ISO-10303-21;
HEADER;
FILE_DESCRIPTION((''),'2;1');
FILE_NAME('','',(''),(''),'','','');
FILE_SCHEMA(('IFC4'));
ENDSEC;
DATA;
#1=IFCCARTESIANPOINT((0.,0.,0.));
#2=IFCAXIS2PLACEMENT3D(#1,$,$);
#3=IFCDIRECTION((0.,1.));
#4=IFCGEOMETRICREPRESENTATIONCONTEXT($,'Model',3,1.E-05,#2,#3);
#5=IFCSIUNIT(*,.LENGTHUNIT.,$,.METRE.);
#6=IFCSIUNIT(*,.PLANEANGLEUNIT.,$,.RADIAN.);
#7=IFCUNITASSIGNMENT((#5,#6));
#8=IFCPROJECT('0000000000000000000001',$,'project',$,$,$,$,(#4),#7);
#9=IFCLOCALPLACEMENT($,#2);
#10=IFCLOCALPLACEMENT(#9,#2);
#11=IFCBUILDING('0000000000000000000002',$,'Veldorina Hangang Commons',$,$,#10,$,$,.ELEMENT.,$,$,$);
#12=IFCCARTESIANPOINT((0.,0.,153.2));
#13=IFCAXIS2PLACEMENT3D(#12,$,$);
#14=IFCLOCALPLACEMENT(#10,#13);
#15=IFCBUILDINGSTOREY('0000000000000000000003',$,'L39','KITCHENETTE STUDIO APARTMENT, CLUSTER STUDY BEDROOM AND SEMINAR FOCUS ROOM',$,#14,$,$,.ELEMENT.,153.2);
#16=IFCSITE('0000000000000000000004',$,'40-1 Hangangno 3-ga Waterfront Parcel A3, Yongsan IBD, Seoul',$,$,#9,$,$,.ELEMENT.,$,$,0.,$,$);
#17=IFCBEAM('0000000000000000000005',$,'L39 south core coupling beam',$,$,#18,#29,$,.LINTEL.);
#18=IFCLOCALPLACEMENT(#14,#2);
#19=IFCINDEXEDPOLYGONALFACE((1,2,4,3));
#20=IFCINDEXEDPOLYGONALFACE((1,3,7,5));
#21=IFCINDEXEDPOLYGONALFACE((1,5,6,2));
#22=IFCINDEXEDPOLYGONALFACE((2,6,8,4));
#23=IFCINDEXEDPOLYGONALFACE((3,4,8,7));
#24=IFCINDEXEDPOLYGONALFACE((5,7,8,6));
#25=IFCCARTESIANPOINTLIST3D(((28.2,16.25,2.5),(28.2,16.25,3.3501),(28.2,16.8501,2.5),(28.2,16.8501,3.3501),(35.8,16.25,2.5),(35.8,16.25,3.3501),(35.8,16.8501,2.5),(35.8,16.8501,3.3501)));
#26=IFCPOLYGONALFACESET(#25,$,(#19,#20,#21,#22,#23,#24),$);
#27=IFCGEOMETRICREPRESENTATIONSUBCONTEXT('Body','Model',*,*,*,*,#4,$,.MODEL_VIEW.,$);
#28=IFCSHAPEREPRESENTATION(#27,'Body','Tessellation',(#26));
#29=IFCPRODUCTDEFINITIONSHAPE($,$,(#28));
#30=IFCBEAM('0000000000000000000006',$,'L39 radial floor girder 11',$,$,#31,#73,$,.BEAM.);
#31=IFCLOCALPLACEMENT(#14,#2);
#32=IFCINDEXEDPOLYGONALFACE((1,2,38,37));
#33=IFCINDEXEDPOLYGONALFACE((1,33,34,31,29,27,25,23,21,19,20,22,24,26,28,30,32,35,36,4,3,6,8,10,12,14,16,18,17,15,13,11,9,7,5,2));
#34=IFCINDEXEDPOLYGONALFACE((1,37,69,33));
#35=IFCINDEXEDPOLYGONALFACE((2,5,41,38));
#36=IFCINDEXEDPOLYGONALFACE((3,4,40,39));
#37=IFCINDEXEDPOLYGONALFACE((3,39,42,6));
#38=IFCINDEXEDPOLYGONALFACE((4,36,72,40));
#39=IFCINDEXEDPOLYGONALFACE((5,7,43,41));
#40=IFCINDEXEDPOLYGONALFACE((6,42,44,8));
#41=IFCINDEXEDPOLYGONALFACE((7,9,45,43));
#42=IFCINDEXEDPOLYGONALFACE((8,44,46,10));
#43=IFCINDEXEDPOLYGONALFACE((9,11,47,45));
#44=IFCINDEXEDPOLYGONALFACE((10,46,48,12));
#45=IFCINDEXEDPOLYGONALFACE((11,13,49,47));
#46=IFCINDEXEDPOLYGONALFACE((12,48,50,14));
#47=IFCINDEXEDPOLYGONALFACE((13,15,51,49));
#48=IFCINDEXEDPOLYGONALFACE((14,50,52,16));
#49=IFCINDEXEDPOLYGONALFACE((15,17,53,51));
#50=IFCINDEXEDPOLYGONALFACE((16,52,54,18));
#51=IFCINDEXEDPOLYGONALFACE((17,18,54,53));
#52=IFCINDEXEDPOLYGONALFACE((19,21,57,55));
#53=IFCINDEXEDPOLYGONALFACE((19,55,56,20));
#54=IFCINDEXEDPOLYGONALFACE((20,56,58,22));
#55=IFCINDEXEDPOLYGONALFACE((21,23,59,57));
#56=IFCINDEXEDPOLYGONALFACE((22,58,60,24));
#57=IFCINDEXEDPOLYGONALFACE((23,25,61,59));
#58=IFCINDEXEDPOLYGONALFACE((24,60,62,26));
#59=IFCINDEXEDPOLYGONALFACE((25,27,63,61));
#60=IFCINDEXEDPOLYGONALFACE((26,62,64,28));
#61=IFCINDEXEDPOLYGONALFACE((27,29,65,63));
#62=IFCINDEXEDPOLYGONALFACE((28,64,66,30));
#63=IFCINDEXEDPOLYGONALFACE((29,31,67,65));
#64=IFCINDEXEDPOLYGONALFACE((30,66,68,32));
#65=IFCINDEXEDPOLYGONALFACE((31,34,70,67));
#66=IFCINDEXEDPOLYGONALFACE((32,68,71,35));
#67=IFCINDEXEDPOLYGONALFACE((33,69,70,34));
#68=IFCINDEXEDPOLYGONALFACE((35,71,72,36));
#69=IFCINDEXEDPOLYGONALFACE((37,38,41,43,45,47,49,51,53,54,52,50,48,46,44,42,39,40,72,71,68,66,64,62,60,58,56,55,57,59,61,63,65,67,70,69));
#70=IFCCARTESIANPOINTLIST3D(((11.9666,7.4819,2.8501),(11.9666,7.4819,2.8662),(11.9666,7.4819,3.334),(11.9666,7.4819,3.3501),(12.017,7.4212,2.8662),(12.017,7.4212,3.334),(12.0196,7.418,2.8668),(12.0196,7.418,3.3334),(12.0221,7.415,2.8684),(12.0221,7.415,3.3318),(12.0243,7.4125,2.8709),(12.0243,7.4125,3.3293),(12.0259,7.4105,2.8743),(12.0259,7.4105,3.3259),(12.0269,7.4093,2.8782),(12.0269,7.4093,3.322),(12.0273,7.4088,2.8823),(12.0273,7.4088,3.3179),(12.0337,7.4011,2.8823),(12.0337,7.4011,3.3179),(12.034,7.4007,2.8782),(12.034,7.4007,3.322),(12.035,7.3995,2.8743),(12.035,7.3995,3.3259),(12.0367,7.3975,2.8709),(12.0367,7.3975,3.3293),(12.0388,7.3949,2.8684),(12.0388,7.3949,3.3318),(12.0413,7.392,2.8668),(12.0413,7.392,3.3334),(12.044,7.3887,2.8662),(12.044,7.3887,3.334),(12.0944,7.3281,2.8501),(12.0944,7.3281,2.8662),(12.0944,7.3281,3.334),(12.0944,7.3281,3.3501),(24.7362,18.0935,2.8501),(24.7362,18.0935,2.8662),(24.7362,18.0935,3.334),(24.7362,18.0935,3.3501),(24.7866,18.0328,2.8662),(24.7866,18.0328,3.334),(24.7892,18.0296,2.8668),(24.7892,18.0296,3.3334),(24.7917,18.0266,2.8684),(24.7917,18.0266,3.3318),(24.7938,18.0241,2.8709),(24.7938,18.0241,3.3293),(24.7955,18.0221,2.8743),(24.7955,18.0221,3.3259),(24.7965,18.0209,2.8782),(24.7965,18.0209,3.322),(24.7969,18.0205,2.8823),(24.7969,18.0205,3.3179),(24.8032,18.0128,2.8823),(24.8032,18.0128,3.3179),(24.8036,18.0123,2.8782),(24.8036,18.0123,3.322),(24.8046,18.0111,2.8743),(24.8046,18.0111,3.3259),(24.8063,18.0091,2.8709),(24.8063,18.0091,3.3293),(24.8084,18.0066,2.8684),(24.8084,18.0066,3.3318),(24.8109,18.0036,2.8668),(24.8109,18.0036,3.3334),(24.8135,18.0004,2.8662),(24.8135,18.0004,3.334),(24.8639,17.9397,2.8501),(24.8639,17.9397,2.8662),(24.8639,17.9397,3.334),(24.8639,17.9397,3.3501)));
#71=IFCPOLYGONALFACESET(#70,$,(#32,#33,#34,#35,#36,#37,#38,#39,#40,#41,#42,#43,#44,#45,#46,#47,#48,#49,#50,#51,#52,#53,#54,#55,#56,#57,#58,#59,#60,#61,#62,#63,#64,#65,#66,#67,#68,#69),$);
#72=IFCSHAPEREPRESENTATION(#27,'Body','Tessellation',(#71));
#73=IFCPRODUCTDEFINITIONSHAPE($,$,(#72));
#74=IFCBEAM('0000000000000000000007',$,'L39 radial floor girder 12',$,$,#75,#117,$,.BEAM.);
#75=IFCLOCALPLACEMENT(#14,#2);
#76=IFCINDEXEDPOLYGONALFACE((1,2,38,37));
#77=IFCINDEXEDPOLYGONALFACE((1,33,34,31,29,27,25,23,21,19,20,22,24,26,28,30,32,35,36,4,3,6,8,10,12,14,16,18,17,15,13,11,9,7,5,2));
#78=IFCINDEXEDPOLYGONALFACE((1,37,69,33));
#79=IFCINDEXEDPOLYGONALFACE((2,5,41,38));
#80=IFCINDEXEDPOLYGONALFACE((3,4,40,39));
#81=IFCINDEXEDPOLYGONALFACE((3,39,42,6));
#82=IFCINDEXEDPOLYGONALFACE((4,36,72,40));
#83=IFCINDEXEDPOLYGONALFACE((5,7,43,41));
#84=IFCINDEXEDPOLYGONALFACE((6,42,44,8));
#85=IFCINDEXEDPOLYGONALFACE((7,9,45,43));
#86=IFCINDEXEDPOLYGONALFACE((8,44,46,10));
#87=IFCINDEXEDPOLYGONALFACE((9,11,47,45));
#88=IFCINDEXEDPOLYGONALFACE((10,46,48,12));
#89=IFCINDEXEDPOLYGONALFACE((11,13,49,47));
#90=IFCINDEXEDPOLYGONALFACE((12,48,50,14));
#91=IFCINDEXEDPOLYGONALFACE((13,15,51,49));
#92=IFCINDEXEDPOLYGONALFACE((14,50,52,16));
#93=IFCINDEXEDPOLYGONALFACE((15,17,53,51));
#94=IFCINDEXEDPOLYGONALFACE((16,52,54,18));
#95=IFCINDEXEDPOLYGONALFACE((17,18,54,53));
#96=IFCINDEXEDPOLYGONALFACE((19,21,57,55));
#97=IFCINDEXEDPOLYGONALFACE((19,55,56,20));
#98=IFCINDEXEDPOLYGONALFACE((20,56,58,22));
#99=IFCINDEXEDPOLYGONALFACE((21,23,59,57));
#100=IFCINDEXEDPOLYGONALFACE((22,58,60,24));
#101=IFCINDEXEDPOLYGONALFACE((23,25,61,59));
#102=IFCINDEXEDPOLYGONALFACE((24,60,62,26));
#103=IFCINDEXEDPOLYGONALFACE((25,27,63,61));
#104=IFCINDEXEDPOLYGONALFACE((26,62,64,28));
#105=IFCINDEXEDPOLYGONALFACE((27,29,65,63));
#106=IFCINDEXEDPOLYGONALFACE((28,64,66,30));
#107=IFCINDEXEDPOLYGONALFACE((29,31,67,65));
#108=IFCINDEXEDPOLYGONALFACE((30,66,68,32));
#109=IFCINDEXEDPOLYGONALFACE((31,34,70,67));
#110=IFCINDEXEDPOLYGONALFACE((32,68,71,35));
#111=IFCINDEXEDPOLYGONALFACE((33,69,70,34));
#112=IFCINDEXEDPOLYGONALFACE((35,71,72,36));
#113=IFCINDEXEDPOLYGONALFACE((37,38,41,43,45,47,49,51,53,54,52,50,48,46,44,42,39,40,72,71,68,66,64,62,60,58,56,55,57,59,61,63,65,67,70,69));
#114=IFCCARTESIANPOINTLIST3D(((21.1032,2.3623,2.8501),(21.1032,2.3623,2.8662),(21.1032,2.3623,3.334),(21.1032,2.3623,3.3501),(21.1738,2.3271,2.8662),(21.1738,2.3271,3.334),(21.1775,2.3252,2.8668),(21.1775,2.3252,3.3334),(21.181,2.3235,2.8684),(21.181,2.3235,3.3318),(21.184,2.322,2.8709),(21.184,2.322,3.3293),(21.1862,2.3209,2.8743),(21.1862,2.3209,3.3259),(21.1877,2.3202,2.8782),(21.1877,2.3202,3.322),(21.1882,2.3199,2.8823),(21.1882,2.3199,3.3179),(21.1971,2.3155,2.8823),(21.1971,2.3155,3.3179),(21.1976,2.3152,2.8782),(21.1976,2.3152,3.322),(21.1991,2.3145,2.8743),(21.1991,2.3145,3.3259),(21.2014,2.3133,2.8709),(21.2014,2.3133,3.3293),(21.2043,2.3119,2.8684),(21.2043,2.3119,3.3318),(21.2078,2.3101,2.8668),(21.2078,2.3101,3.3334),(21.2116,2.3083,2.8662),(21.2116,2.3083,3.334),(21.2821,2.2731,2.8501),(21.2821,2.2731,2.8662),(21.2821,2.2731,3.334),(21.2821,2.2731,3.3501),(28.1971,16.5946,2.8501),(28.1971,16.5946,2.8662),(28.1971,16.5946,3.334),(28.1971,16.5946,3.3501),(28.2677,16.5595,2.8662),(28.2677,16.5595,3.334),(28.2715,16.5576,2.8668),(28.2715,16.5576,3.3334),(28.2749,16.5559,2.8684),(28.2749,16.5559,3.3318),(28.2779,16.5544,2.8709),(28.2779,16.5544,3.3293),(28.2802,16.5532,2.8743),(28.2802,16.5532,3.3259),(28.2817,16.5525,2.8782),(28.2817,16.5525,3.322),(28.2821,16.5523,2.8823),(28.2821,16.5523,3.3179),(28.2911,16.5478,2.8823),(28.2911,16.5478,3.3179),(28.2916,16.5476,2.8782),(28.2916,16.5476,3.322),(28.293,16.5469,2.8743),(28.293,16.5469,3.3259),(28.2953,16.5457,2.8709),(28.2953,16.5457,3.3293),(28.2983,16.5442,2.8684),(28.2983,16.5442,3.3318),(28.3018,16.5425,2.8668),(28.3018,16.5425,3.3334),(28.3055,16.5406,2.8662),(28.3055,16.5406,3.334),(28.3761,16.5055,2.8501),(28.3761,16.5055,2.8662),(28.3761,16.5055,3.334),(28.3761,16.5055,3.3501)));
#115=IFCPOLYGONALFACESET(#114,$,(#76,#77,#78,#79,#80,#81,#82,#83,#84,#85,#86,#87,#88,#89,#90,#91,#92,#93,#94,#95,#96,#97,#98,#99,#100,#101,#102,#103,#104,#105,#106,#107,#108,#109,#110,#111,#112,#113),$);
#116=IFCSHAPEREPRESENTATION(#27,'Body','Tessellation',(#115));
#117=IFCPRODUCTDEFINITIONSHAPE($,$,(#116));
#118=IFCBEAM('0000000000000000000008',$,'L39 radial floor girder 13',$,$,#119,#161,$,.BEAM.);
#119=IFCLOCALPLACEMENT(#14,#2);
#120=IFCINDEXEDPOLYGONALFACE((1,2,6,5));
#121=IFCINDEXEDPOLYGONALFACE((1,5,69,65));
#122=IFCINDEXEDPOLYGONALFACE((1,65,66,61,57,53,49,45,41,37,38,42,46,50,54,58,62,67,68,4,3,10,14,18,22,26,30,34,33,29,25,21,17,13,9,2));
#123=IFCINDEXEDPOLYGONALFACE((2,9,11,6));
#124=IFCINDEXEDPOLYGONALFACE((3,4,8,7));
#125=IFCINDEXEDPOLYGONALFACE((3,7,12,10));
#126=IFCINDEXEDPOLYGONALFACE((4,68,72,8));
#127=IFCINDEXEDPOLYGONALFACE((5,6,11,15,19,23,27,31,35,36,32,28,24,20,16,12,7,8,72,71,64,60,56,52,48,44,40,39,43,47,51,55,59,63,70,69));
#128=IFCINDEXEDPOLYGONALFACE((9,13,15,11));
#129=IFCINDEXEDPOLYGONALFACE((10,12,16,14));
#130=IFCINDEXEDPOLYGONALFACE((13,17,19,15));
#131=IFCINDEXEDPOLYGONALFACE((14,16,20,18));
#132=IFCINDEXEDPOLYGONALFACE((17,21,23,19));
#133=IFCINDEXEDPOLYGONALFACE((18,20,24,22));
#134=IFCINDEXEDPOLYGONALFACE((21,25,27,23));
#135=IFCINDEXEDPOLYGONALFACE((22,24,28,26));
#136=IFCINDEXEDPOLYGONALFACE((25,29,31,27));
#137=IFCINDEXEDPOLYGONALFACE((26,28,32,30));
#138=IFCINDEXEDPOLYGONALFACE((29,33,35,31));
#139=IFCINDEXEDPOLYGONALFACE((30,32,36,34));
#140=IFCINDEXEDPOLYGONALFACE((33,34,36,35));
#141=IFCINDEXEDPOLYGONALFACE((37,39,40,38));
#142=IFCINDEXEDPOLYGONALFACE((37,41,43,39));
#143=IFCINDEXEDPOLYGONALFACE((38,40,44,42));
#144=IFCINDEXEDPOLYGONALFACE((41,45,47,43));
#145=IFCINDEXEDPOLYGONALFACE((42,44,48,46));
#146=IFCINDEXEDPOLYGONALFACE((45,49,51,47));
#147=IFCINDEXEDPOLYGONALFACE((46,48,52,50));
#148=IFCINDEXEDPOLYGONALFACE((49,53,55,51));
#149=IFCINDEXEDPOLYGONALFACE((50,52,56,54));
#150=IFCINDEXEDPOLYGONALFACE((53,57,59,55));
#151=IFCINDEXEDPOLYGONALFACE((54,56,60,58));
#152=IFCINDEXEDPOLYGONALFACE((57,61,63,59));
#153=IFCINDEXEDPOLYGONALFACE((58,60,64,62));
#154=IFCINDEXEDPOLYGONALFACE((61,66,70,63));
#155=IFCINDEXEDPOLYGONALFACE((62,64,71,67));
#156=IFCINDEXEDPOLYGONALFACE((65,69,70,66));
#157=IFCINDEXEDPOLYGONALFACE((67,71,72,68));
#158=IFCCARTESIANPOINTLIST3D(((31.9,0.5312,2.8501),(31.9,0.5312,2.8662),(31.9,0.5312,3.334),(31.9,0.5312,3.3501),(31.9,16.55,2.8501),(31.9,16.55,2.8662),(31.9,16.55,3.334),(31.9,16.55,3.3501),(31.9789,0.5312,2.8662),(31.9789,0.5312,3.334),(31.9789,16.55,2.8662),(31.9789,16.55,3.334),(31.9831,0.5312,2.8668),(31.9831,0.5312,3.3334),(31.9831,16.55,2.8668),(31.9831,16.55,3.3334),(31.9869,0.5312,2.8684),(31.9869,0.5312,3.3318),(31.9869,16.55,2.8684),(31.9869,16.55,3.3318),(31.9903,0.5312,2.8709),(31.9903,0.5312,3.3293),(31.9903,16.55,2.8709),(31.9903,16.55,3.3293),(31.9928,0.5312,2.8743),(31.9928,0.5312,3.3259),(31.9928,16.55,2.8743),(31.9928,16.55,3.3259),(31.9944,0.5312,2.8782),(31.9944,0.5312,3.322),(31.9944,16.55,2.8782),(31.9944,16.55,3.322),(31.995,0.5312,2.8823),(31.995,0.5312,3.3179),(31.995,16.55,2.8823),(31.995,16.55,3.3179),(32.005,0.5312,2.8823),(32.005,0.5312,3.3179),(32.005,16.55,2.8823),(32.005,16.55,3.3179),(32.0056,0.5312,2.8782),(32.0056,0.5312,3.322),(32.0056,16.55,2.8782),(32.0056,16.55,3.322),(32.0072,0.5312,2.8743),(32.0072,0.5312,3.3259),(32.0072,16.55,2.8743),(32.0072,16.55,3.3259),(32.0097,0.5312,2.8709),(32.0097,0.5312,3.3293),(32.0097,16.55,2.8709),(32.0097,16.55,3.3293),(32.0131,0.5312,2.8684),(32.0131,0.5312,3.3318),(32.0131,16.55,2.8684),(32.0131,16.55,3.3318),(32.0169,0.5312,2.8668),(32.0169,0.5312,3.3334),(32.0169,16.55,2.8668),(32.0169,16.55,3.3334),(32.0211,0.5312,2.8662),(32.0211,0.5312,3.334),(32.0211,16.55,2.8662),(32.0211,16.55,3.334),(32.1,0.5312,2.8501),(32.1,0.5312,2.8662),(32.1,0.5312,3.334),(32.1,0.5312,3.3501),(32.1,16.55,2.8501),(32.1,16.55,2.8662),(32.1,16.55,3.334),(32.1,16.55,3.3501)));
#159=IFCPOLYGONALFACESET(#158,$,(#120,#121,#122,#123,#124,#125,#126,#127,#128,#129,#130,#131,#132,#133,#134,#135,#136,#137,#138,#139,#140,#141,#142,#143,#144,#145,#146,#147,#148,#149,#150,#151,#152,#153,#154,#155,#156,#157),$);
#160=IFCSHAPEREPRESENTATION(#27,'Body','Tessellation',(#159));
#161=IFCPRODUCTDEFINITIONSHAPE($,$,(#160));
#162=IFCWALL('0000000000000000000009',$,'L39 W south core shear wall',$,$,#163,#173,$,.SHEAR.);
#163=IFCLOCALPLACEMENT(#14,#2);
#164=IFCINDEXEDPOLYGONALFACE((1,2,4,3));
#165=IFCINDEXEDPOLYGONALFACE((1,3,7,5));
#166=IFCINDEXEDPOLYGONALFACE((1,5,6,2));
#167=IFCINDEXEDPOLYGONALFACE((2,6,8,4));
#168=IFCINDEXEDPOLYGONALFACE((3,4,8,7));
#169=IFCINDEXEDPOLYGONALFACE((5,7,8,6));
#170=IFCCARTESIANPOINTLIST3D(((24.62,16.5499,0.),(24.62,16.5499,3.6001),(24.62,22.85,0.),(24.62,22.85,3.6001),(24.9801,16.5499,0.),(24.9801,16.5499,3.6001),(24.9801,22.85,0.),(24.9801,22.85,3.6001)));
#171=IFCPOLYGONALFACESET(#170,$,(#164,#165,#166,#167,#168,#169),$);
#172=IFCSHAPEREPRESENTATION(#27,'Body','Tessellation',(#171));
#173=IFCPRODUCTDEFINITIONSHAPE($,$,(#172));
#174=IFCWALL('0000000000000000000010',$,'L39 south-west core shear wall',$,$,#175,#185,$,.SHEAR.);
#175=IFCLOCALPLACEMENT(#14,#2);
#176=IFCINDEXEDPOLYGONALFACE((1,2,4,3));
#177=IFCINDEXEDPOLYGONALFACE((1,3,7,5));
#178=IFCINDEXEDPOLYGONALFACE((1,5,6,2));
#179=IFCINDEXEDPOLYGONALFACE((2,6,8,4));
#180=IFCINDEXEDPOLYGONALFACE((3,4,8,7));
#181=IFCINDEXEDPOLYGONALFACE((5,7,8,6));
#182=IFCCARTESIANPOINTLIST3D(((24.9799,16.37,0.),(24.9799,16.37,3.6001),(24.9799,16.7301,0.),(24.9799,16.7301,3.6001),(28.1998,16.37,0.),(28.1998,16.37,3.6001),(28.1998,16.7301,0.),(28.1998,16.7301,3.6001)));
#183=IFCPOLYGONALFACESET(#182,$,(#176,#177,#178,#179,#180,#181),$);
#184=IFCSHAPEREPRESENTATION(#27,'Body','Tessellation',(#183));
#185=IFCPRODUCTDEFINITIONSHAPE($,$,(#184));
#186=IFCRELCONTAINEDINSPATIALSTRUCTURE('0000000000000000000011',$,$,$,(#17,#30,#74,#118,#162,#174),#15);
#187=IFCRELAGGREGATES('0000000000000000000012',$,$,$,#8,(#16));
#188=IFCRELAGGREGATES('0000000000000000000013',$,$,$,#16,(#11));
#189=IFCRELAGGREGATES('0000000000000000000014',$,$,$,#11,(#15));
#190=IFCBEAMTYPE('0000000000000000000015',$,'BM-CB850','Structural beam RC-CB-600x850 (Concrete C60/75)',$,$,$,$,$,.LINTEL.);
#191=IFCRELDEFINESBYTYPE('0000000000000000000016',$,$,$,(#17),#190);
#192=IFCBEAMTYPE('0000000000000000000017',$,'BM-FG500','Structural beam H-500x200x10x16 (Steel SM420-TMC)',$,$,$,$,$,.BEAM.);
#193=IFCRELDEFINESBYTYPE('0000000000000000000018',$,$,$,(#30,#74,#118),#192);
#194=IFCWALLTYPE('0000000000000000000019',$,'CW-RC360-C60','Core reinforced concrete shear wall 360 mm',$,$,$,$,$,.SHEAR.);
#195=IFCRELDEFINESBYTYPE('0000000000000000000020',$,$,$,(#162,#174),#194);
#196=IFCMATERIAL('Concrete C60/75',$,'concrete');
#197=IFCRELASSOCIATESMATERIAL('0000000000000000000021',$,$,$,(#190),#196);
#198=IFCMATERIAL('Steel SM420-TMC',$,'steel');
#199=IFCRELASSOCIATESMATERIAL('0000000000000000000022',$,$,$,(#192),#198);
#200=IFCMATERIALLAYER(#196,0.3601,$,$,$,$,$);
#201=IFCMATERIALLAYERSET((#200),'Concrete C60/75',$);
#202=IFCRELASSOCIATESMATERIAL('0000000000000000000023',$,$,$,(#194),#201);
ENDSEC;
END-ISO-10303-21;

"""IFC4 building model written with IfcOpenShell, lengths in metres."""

from ifc_helpers import new_model, si_unit, direction, frame, frame_2d, origin, origin_2d, place, context, subcontext, project, spatial, rectangle, i_section, extrude, material, layer, layer_set, material_profile, profile_set, type_object, element, save


model = new_model("IFC4")

# Units and contexts
model_context = context("Model", 3, precision=1e-05, world=origin(), true_north=direction((0.0, 1.0)))
body_context = subcontext(model_context, "Body", "Model", "MODEL_VIEW")
ifc_project = project(units=[si_unit("LENGTHUNIT", "METRE"), si_unit("PLANEANGLEUNIT", "RADIAN")], contexts=[model_context])

# Site, building, storey
site_placement = place(None, origin())
site = spatial("IfcSite", under=ifc_project, at=site_placement, Name="40-1 Hangangno 3-ga Waterfront Parcel A3, Yongsan IBD, Seoul", CompositionType="ELEMENT", RefElevation=0.0)
building_placement = place(site_placement, origin())
building = spatial("IfcBuilding", under=site, at=building_placement, Name="Veldorina Hangang Commons", CompositionType="ELEMENT")
storey_placement = place(building_placement, frame((0.0, 0.0, 153.2)))
storey = spatial("IfcBuildingStorey", under=building, at=storey_placement, Name="L39", Description="KITCHENETTE STUDIO APARTMENT, CLUSTER STUDY BEDROOM AND SEMINAR FOCUS ROOM", CompositionType="ELEMENT", Elevation=153.2)

# Beams
ifc_material_1 = material(Name="Concrete C60/75", Category="concrete")
ifc_material_profile_1 = material_profile(ifc_material_1, rectangle(XDim=0.6001, YDim=0.8501, at=origin_2d()), Name="RC-CB-600x850")
ifc_profile_set_1 = profile_set([ifc_material_profile_1], Name="Concrete C60/75")
beam_type_1 = type_object("IfcBeamType", Name="BM-CB850", Description="Structural beam RC-CB-600x850 (Concrete C60/75)", PredefinedType="LINTEL", material=ifc_profile_set_1)
beam_1_placement = place(storey_placement, frame((28.2, 16.55, 2.925), z_axis=(1.0, 0.0, 0.0), x_axis=(0.0, 1.0, 0.0)))
element("IfcBeam", 1, at=beam_1_placement, inside=storey, type_object=beam_type_1, Name="L39 south core coupling beam", PredefinedType="LINTEL", context=body_context, shape_type="SweptSolid", body=[
    extrude(rectangle(XDim=0.6001, YDim=0.8501, at=origin_2d()), origin(), (0.0, 0.0, 1.0), 7.6001),
])
ifc_material_2 = material(Name="Steel SM420-TMC", Category="steel")
ifc_material_profile_2 = material_profile(ifc_material_2, i_section(OverallWidth=0.2, OverallDepth=0.5, WebThickness=0.01, FlangeThickness=0.0161, FilletRadius=0.0161, at=origin_2d()), Name="H-500x200x10x16")
ifc_profile_set_2 = profile_set([ifc_material_profile_2], Name="Steel SM420-TMC")
beam_type_2 = type_object("IfcBeamType", Name="BM-FG500", Description="Structural beam H-500x200x10x16 (Steel SM420-TMC)", PredefinedType="BEAM", material=ifc_profile_set_2)
beam_2_placement = place(storey_placement, frame((24.8, 18.0166, 3.1001), z_axis=(-0.7691, -0.639128, 0.0), x_axis=(0.639128, -0.7691, 0.0)))
element("IfcBeam", 2, at=beam_2_placement, inside=storey, type_object=beam_type_2, Name="L39 radial floor girder 11", PredefinedType="BEAM", context=body_context, shape_type="SweptSolid", body=[
    extrude(i_section(OverallWidth=0.2, OverallDepth=0.5, WebThickness=0.01, FlangeThickness=0.0161, FilletRadius=0.0161, at=origin_2d()), origin(), (0.0, 0.0, 1.0), 16.6033),
])
beam_3_placement = place(storey_placement, frame((28.2866, 16.55, 3.1001), z_axis=(-0.446096, -0.894985, 0.0), x_axis=(0.894985, -0.446096, 0.0)))
element("IfcBeam", 3, at=beam_3_placement, inside=storey, type_object=beam_type_2, Name="L39 radial floor girder 12", PredefinedType="BEAM", context=body_context, shape_type="SweptSolid", body=[
    extrude(i_section(OverallWidth=0.2, OverallDepth=0.5, WebThickness=0.01, FlangeThickness=0.0161, FilletRadius=0.0161, at=origin_2d()), origin(), (0.0, 0.0, 1.0), 15.9023),
])
beam_4_placement = place(storey_placement, frame((32.0, 16.55, 3.1001), z_axis=(0.0, -1.0, 0.0), x_axis=(1.0, 0.0, 0.0)))
element("IfcBeam", 4, at=beam_4_placement, inside=storey, type_object=beam_type_2, Name="L39 radial floor girder 13", PredefinedType="BEAM", context=body_context, shape_type="SweptSolid", body=[
    extrude(i_section(OverallWidth=0.2, OverallDepth=0.5, WebThickness=0.01, FlangeThickness=0.0161, FilletRadius=0.0161, at=origin_2d()), origin(), (0.0, 0.0, 1.0), 16.0188),
])

# Walls
ifc_layer_1 = layer(ifc_material_1, 0.3601)
ifc_layer_set_1 = layer_set([ifc_layer_1], Name="Concrete C60/75")
wall_type_1 = type_object("IfcWallType", Name="CW-RC360-C60", Description="Core reinforced concrete shear wall 360 mm", PredefinedType="SHEAR", material=ifc_layer_set_1)
wall_1_placement = place(storey_placement, frame((24.8, 16.55, 0.0), z_axis=(0.0, 0.0, 1.0), x_axis=(0.0, 1.0, 0.0)))
element("IfcWall", 5, at=wall_1_placement, inside=storey, type_object=wall_type_1, Name="L39 W south core shear wall", PredefinedType="SHEAR", context=body_context, shape_type="SweptSolid", body=[
    extrude(rectangle(XDim=6.3, YDim=0.3601, at=frame_2d((3.1499, 0.0))), origin(), (0.0, 0.0, 1.0), 3.6001),
])
wall_2_placement = place(storey_placement, frame((24.98, 16.55, 0.0), z_axis=(0.0, 0.0, 1.0), x_axis=(1.0, 0.0, 0.0)))
element("IfcWall", 6, at=wall_2_placement, inside=storey, type_object=wall_type_1, Name="L39 south-west core shear wall", PredefinedType="SHEAR", context=body_context, shape_type="SweptSolid", body=[
    extrude(rectangle(XDim=3.22, YDim=0.3601, at=frame_2d((1.6099, 0.0))), origin(), (0.0, 0.0, 1.0), 3.6001),
])

save(model, "model.ifc")
